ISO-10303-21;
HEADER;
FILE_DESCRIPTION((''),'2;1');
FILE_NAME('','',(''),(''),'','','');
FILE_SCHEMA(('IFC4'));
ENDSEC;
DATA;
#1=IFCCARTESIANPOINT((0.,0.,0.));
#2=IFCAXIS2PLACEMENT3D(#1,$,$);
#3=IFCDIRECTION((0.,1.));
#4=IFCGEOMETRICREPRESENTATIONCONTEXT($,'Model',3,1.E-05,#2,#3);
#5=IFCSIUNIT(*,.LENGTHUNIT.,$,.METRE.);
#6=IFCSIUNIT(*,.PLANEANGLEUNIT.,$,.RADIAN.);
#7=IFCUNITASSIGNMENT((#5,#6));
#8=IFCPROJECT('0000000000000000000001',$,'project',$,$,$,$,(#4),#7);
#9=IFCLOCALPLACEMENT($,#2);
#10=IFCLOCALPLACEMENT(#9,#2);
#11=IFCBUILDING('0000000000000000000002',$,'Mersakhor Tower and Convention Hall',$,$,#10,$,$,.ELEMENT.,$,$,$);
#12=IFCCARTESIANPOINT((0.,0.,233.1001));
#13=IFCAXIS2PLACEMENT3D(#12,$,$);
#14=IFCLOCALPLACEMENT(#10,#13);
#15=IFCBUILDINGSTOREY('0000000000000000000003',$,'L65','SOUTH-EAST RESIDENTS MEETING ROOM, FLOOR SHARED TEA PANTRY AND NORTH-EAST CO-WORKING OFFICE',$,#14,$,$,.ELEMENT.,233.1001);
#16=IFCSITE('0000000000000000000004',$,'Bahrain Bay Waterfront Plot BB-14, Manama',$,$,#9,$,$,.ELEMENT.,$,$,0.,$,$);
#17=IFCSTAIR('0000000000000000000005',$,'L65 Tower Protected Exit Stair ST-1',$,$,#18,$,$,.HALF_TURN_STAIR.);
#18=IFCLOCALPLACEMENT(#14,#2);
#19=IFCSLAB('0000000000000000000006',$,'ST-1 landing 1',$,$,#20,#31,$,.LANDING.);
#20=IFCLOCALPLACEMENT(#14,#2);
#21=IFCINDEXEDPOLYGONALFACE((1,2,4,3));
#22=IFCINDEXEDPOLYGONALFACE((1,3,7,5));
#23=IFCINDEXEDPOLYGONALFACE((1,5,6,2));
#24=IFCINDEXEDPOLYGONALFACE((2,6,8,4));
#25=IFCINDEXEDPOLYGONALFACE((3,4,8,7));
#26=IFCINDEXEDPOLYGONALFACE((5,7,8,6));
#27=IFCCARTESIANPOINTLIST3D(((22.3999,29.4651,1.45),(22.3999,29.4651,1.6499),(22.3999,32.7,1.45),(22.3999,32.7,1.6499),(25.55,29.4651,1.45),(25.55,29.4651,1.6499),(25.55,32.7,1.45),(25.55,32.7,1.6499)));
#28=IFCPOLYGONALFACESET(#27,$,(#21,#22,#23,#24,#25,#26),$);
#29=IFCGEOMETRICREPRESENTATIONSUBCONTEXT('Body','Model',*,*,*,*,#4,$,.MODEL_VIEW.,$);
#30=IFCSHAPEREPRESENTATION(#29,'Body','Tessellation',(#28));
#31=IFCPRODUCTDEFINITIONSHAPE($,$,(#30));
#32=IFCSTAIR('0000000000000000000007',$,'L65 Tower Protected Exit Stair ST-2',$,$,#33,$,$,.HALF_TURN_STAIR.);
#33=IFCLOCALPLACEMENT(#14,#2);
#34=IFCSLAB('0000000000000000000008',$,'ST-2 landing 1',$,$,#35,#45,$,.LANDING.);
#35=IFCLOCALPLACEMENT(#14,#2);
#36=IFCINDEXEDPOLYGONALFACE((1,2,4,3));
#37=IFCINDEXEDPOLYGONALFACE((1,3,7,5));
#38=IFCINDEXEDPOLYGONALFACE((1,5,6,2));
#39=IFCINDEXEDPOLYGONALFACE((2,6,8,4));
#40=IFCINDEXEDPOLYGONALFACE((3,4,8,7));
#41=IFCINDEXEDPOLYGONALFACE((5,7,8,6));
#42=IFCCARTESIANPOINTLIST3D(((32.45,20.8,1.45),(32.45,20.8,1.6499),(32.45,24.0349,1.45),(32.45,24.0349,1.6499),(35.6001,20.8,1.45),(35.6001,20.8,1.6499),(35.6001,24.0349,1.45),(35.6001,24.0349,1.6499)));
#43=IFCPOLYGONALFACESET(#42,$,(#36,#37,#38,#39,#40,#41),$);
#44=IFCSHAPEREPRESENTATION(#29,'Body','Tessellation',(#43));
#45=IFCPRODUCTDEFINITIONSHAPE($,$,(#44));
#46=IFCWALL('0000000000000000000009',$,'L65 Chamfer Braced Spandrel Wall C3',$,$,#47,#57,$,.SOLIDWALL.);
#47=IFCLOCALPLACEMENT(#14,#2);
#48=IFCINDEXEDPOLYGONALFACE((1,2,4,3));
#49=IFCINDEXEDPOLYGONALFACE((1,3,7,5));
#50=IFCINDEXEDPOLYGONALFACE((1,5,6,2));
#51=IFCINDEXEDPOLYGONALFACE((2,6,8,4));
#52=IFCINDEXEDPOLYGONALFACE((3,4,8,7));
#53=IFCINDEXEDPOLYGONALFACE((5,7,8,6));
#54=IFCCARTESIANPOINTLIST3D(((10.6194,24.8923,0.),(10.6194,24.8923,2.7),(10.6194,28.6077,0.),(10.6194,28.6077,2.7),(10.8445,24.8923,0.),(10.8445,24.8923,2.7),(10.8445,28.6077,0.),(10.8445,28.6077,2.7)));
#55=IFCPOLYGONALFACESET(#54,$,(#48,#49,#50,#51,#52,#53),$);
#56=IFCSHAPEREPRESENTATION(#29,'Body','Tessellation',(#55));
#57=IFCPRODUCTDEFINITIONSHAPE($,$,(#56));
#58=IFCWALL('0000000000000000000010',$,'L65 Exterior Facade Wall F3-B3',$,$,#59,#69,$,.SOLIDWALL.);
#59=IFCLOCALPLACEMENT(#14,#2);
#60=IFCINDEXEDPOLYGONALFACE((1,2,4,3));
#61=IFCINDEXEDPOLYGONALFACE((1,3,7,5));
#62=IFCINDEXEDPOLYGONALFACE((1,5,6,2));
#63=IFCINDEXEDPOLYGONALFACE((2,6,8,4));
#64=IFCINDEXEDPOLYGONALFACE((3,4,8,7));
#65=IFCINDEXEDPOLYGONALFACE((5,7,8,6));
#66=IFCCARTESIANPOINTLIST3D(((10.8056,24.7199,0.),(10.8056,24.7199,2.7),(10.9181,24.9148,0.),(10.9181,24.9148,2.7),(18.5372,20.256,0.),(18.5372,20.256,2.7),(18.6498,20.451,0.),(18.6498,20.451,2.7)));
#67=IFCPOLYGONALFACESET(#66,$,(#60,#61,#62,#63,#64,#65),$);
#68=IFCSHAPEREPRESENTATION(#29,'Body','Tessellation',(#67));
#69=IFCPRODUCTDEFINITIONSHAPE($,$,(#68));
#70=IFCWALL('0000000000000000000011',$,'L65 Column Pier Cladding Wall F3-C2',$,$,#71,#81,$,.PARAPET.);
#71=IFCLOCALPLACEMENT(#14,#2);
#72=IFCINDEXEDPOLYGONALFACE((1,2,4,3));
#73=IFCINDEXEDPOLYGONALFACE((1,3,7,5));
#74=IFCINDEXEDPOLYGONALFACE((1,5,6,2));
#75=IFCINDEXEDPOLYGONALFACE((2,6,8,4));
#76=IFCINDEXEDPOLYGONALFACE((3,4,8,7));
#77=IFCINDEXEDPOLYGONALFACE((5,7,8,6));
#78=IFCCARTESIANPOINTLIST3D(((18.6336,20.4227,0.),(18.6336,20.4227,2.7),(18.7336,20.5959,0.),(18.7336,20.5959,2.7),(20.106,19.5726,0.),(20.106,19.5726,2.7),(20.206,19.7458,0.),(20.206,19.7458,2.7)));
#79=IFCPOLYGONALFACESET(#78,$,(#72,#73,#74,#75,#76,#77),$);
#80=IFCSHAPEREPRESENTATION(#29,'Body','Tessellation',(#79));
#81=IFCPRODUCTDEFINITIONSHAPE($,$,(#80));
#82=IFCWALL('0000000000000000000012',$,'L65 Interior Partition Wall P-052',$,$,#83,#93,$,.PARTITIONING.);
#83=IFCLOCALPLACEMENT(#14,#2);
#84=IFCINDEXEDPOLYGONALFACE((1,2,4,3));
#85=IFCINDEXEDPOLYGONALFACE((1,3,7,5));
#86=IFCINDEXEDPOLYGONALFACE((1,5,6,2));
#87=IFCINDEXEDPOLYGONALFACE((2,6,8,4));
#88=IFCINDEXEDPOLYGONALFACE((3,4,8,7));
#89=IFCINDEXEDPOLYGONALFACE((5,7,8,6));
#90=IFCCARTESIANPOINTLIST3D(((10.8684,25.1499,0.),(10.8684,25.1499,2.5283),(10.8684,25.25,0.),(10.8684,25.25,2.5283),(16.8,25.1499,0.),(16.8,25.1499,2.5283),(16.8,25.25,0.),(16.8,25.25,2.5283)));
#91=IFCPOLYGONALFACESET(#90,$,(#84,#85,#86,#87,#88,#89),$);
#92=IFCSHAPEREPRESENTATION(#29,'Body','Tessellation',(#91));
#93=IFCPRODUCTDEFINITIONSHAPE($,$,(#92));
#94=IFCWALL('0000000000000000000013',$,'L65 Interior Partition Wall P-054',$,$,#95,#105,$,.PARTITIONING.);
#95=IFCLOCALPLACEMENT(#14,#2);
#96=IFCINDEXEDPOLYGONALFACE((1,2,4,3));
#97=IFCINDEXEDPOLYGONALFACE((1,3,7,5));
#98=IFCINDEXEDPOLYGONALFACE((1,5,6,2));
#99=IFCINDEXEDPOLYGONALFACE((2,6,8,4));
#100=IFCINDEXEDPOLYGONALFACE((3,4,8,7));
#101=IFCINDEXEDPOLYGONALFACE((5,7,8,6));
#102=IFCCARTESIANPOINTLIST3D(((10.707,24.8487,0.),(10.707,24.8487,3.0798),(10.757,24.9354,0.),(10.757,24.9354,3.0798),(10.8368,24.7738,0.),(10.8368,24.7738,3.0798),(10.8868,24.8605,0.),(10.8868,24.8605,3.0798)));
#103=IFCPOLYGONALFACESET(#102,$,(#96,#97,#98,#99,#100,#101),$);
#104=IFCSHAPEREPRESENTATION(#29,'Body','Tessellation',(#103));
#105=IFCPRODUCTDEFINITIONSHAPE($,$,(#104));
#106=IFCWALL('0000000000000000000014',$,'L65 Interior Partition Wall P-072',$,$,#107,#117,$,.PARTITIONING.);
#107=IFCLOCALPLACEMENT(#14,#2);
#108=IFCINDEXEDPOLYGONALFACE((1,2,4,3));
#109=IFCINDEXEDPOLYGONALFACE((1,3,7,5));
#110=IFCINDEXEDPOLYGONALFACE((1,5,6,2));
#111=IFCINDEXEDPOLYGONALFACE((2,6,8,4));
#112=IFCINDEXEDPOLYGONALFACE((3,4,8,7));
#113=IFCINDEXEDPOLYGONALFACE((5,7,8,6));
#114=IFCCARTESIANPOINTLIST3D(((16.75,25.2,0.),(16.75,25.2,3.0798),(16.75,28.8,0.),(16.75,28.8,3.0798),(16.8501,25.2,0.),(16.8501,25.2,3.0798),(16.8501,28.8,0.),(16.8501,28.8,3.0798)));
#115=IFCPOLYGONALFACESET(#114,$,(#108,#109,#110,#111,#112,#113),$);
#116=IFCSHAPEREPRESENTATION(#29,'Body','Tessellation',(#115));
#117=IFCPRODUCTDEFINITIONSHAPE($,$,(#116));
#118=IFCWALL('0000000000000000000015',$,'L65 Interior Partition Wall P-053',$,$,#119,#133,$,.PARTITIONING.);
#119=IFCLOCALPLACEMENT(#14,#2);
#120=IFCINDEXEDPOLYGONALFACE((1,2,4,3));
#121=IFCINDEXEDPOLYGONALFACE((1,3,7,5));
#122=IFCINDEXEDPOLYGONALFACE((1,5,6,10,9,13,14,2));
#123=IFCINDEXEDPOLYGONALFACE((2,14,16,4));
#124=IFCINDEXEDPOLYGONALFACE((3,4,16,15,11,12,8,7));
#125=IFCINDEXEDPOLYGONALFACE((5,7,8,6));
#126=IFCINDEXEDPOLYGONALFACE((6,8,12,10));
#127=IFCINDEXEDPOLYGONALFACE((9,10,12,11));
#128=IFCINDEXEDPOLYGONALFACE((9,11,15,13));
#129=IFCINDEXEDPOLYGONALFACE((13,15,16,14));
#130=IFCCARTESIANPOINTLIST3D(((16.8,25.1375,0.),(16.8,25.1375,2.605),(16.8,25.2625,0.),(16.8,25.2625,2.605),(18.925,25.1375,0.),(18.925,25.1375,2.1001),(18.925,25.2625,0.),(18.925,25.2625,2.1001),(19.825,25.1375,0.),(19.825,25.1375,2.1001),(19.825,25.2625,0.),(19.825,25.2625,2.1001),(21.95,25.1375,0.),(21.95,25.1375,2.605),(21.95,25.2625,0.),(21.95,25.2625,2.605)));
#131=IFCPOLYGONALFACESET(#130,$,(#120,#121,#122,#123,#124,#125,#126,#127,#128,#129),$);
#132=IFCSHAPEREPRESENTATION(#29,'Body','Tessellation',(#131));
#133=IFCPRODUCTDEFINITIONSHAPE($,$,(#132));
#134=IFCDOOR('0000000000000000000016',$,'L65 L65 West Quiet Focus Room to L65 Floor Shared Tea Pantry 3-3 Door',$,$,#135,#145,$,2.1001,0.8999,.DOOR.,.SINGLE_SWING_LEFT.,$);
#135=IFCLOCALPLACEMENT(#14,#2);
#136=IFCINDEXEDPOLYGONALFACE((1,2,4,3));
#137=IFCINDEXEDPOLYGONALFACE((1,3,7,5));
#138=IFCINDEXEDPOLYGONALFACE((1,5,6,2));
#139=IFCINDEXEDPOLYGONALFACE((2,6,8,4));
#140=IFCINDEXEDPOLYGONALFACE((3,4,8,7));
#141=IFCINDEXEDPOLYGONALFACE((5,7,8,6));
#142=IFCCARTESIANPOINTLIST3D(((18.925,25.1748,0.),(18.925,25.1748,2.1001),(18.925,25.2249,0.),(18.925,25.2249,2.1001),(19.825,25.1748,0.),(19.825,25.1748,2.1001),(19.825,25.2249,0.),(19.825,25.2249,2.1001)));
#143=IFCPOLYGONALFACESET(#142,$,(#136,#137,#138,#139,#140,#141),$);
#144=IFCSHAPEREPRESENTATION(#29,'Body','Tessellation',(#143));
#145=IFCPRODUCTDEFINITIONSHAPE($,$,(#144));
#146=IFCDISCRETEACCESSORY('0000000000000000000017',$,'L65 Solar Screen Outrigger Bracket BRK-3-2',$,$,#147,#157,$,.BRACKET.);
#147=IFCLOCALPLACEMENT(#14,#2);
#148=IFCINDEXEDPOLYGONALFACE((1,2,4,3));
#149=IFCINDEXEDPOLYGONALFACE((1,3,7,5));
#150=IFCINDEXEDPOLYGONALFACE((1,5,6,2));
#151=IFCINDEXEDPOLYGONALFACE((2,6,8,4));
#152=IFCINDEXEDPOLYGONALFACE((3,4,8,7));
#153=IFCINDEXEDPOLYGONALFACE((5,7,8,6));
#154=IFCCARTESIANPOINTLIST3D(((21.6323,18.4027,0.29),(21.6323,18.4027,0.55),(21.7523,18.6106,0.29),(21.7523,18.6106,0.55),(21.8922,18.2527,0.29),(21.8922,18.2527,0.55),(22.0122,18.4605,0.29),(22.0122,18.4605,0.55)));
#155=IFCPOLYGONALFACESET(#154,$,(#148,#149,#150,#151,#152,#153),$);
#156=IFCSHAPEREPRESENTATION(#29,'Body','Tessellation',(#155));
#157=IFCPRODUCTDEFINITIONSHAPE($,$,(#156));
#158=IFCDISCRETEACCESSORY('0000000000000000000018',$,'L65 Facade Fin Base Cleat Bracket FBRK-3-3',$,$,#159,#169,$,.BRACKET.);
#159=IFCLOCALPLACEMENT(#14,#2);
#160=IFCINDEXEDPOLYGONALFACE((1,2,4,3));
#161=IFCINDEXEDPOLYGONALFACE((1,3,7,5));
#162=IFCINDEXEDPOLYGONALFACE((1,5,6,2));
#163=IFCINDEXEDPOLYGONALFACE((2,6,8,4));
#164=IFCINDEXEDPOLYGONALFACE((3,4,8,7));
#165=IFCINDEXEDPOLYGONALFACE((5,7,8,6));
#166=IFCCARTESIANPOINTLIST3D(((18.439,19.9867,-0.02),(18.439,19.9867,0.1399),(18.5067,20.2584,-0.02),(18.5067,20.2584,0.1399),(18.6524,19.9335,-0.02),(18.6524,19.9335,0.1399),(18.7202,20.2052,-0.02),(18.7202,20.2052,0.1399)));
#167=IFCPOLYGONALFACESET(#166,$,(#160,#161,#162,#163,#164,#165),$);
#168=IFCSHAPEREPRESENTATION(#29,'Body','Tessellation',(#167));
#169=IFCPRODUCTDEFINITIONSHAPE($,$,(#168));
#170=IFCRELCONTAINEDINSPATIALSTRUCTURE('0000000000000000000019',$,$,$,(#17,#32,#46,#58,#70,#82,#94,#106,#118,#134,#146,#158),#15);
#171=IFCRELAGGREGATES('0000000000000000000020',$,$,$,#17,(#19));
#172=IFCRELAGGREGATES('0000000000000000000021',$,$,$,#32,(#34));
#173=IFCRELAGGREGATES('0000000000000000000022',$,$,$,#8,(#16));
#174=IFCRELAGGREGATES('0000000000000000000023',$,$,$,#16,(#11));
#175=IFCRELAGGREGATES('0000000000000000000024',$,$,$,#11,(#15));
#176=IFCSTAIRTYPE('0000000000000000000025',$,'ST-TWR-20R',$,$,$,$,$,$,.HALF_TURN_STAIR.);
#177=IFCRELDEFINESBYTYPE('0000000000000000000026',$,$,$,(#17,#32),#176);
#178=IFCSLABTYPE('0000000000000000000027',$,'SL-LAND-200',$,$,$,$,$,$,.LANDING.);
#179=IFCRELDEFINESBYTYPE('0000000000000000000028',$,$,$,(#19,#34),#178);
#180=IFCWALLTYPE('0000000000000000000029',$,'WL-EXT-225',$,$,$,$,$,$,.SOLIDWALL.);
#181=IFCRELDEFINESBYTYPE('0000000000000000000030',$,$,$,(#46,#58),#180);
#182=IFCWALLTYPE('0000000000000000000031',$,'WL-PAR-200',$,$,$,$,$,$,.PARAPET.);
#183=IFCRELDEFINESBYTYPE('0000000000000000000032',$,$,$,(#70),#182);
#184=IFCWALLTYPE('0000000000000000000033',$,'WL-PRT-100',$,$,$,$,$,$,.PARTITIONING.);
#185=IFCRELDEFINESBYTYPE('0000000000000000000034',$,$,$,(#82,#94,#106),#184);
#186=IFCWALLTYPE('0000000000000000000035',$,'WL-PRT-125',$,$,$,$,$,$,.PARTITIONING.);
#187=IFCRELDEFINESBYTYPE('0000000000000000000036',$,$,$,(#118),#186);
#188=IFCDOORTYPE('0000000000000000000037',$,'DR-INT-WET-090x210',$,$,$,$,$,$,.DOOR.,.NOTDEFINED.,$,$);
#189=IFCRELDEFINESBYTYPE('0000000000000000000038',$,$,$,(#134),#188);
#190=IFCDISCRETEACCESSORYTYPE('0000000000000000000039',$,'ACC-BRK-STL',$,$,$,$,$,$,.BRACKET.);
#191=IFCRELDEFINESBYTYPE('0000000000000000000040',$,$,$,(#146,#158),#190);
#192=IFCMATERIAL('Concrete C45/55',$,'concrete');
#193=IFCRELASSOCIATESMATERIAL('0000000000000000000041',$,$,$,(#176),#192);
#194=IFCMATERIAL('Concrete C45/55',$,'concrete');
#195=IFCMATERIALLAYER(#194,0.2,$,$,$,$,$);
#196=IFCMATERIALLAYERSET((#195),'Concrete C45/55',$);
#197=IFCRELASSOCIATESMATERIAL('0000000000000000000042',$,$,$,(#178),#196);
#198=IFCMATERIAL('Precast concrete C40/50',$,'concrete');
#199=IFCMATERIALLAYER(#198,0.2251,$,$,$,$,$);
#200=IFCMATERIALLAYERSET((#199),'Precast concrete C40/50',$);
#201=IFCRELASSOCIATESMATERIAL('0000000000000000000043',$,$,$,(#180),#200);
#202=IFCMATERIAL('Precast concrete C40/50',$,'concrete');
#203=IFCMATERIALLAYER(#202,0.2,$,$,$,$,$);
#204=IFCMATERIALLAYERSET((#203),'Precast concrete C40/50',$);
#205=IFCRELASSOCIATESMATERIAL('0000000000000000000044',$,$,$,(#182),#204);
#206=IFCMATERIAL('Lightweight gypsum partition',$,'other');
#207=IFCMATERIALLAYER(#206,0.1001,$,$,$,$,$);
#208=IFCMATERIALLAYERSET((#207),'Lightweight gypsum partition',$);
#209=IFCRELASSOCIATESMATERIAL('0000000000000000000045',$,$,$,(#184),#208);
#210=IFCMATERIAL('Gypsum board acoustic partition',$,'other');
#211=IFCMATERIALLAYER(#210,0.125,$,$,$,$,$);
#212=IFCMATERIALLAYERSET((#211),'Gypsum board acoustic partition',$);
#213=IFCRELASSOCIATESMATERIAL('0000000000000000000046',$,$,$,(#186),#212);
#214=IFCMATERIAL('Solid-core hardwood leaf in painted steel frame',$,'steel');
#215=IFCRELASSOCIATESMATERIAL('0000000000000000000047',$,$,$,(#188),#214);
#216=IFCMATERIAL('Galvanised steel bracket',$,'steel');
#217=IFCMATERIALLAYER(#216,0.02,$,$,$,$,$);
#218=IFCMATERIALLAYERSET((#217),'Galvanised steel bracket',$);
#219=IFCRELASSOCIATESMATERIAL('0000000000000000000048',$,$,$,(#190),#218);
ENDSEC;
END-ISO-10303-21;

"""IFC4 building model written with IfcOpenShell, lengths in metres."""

from ifc_helpers import new_model, si_unit, direction, frame, frame_2d, origin, origin_2d, place, context, subcontext, project, spatial, polyline, rectangle, outline, extrude, material, layer, layer_set, type_object, element, fill, aggregate, save


model = new_model("IFC4")

# Units and contexts
model_context = context("Model", 3, precision=1e-05, world=origin(), true_north=direction((0.0, 1.0)))
body_context = subcontext(model_context, "Body", "Model", "MODEL_VIEW")
ifc_project = project(units=[si_unit("LENGTHUNIT", "METRE"), si_unit("PLANEANGLEUNIT", "RADIAN")], contexts=[model_context])

# Site, building, storey
site_placement = place(None, origin())
site = spatial("IfcSite", under=ifc_project, at=site_placement, Name="Bahrain Bay Waterfront Plot BB-14, Manama", CompositionType="ELEMENT", RefElevation=0.0)
building_placement = place(site_placement, origin())
building = spatial("IfcBuilding", under=site, at=building_placement, Name="Mersakhor Tower and Convention Hall", CompositionType="ELEMENT")
storey_placement = place(building_placement, frame((0.0, 0.0, 233.1001)))
storey = spatial("IfcBuildingStorey", under=building, at=storey_placement, Name="L65", Description="SOUTH-EAST RESIDENTS MEETING ROOM, FLOOR SHARED TEA PANTRY AND NORTH-EAST CO-WORKING OFFICE", CompositionType="ELEMENT", Elevation=233.1001)

# Stairs, slabs
ifc_material_1 = material(Name="Concrete C45/55", Category="concrete")
stair_type = type_object("IfcStairType", Name="ST-TWR-20R", PredefinedType="HALF_TURN_STAIR", material=ifc_material_1)
stair_1_placement = place(storey_placement, origin())
stair_1 = element("IfcStair", 1, at=stair_1_placement, inside=storey, type_object=stair_type, Name="L65 Tower Protected Exit Stair ST-1", PredefinedType="HALF_TURN_STAIR")
ifc_material_2 = material(Name="Concrete C45/55", Category="concrete")
ifc_layer_1 = layer(ifc_material_2, 0.2)
ifc_layer_set_1 = layer_set([ifc_layer_1], Name="Concrete C45/55")
slab_type_1 = type_object("IfcSlabType", Name="SL-LAND-200", PredefinedType="LANDING", material=ifc_layer_set_1)
slab_1_placement = place(storey_placement, frame((0.0, 0.0, 1.45)))
slab_1 = element("IfcSlab", 2, at=slab_1_placement, type_object=slab_type_1, Name="ST-1 landing 1", PredefinedType="LANDING", context=body_context, shape_type="SweptSolid", body=[
    extrude(outline(polyline([(25.55, 29.4651), (25.55, 32.7), (22.3999, 32.7), (22.3999, 29.4651), (25.55, 29.4651)])), origin(), (0.0, 0.0, 1.0), 0.2),
])
aggregate(stair_1, [slab_1])
stair_2_placement = place(storey_placement, origin())
stair_2 = element("IfcStair", 3, at=stair_2_placement, inside=storey, type_object=stair_type, Name="L65 Tower Protected Exit Stair ST-2", PredefinedType="HALF_TURN_STAIR")
slab_2_placement = place(storey_placement, frame((0.0, 0.0, 1.45)))
slab_2 = element("IfcSlab", 4, at=slab_2_placement, type_object=slab_type_1, Name="ST-2 landing 1", PredefinedType="LANDING", context=body_context, shape_type="SweptSolid", body=[
    extrude(outline(polyline([(32.45, 24.0349), (32.45, 20.8), (35.6001, 20.8), (35.6001, 24.0349), (32.45, 24.0349)])), origin(), (0.0, 0.0, 1.0), 0.2),
])
aggregate(stair_2, [slab_2])

# Walls
ifc_material_3 = material(Name="Precast concrete C40/50", Category="concrete")
ifc_layer_2 = layer(ifc_material_3, 0.2251)
ifc_layer_set_2 = layer_set([ifc_layer_2], Name="Precast concrete C40/50")
wall_type_1 = type_object("IfcWallType", Name="WL-EXT-225", PredefinedType="SOLIDWALL", material=ifc_layer_set_2)
wall_1_placement = place(storey_placement, frame((10.7319, 24.8923, 0.0), z_axis=(0.0, 0.0, 1.0), x_axis=(0.0, 1.0, 0.0)))
element("IfcWall", 5, at=wall_1_placement, inside=storey, type_object=wall_type_1, Name="L65 Chamfer Braced Spandrel Wall C3", PredefinedType="SOLIDWALL", context=body_context, shape_type="SweptSolid", body=[
    extrude(rectangle(XDim=3.7153, YDim=0.2251, at=frame_2d((1.8577, 0.0))), origin(), (0.0, 0.0, 1.0), 2.7),
])
wall_2_placement = place(storey_placement, frame((18.5935, 20.3535, 0.0), z_axis=(0.0, 0.0, 1.0), x_axis=(-0.866027, 0.499998, 0.0)))
element("IfcWall", 6, at=wall_2_placement, inside=storey, type_object=wall_type_1, Name="L65 Exterior Facade Wall F3-B3", PredefinedType="SOLIDWALL", context=body_context, shape_type="SweptSolid", body=[
    extrude(rectangle(XDim=8.9277, YDim=0.2251, at=frame_2d((4.4639, 0.0))), origin(), (0.0, 0.0, 1.0), 2.7),
])
ifc_material_4 = material(Name="Precast concrete C40/50", Category="concrete")
ifc_layer_3 = layer(ifc_material_4, 0.2)
ifc_layer_set_3 = layer_set([ifc_layer_3], Name="Precast concrete C40/50")
wall_type_2 = type_object("IfcWallType", Name="WL-PAR-200", PredefinedType="PARAPET", material=ifc_layer_set_3)
wall_3_placement = place(storey_placement, frame((20.156, 19.6592, 0.0), z_axis=(0.0, 0.0, 1.0), x_axis=(-0.866025, 0.5, 0.0)))
element("IfcWall", 7, at=wall_3_placement, inside=storey, type_object=wall_type_2, Name="L65 Column Pier Cladding Wall F3-C2", PredefinedType="PARAPET", context=body_context, shape_type="SweptSolid", body=[
    extrude(rectangle(XDim=1.7002, YDim=0.2, at=frame_2d((0.8501, 0.0))), origin(), (0.0, 0.0, 1.0), 2.7),
])
ifc_material_5 = material(Name="Lightweight gypsum partition", Category="other")
ifc_layer_4 = layer(ifc_material_5, 0.1001)
ifc_layer_set_4 = layer_set([ifc_layer_4], Name="Lightweight gypsum partition")
wall_type_3 = type_object("IfcWallType", Name="WL-PRT-100", PredefinedType="PARTITIONING", material=ifc_layer_set_4)
wall_4_placement = place(storey_placement, frame((10.8684, 25.2, 0.0), z_axis=(0.0, 0.0, 1.0), x_axis=(1.0, 0.0, 0.0)))
element("IfcWall", 8, at=wall_4_placement, inside=storey, type_object=wall_type_3, Name="L65 Interior Partition Wall P-052", PredefinedType="PARTITIONING", context=body_context, shape_type="SweptSolid", body=[
    extrude(rectangle(XDim=5.9316, YDim=0.1001, at=frame_2d((2.9658, 0.0))), origin(), (0.0, 0.0, 1.0), 2.5283),
])
wall_5_placement = place(storey_placement, frame((10.8618, 24.8171, 0.0), z_axis=(0.0, 0.0, 1.0), x_axis=(-0.866131, 0.499816, 0.0)))
element("IfcWall", 9, at=wall_5_placement, inside=storey, type_object=wall_type_3, Name="L65 Interior Partition Wall P-054", PredefinedType="PARTITIONING", context=body_context, shape_type="SweptSolid", body=[
    extrude(rectangle(XDim=0.1499, YDim=0.1001, at=frame_2d((0.075, 0.0))), origin(), (0.0, 0.0, 1.0), 3.0798),
])
wall_6_placement = place(storey_placement, frame((16.8, 25.2, 0.0), z_axis=(0.0, 0.0, 1.0), x_axis=(0.0, 1.0, 0.0)))
element("IfcWall", 10, at=wall_6_placement, inside=storey, type_object=wall_type_3, Name="L65 Interior Partition Wall P-072", PredefinedType="PARTITIONING", context=body_context, shape_type="SweptSolid", body=[
    extrude(rectangle(XDim=3.6001, YDim=0.1001, at=frame_2d((1.8, 0.0))), origin(), (0.0, 0.0, 1.0), 3.0798),
])

# Wall, opening, door
ifc_material_6 = material(Name="Gypsum board acoustic partition", Category="other")
ifc_layer_5 = layer(ifc_material_6, 0.125)
ifc_layer_set_5 = layer_set([ifc_layer_5], Name="Gypsum board acoustic partition")
wall_type_4 = type_object("IfcWallType", Name="WL-PRT-125", PredefinedType="PARTITIONING", material=ifc_layer_set_5)
wall_7_placement = place(storey_placement, frame((16.8, 25.2, 0.0), z_axis=(0.0, 0.0, 1.0), x_axis=(1.0, 0.0, 0.0)))
wall_7 = element("IfcWall", 11, at=wall_7_placement, inside=storey, type_object=wall_type_4, Name="L65 Interior Partition Wall P-053", PredefinedType="PARTITIONING", context=body_context, shape_type="SweptSolid", body=[
    extrude(rectangle(XDim=5.1499, YDim=0.125, at=frame_2d((2.575, 0.0))), origin(), (0.0, 0.0, 1.0), 2.605),
])
opening_placement = place(wall_7_placement, frame((2.125, 0.0, 0.0)))
opening = element("IfcOpeningElement", 12, at=opening_placement, cuts=wall_7, PredefinedType="OPENING", context=body_context, shape_type="SweptSolid", body=[
    extrude(rectangle(XDim=0.8999, YDim=2.1001, at=frame_2d((0.45, 1.05))), frame((0.0, 0.0725, 0.0), z_axis=(0.0, -1.0, 0.0), x_axis=(1.0, 0.0, 0.0)), (0.0, 0.0, 1.0), 0.145),
])
ifc_material_7 = material(Name="Solid-core hardwood leaf in painted steel frame", Category="steel")
door_type = type_object("IfcDoorType", Name="DR-INT-WET-090x210", OperationType="NOTDEFINED", PredefinedType="DOOR", material=ifc_material_7)
door_placement = place(opening_placement, origin())
door = element("IfcDoor", 13, at=door_placement, inside=storey, type_object=door_type, Name="L65 L65 West Quiet Focus Room to L65 Floor Shared Tea Pantry 3-3 Door", OperationType="SINGLE_SWING_LEFT", OverallHeight=2.1001, OverallWidth=0.8999, PredefinedType="DOOR", context=body_context, shape_type="SweptSolid", body=[
    extrude(rectangle(XDim=0.8999, YDim=2.1001, at=frame_2d((0.45, 1.05))), frame((0.0, 0.0249, 0.0), z_axis=(0.0, -1.0, 0.0), x_axis=(1.0, 0.0, 0.0)), (0.0, 0.0, 1.0), 0.05),
])
fill(opening, door)

# Discrete accessories
ifc_material_8 = material(Name="Galvanised steel bracket", Category="steel")
ifc_layer_6 = layer(ifc_material_8, 0.02)
ifc_layer_set_6 = layer_set([ifc_layer_6], Name="Galvanised steel bracket")
discrete_accessory_type = type_object("IfcDiscreteAccessoryType", Name="ACC-BRK-STL", PredefinedType="BRACKET", material=ifc_layer_set_6)
discrete_accessory_1_placement = place(storey_placement, frame((21.8223, 18.4316, 0.29), z_axis=(0.0, 0.0, 1.0), x_axis=(-0.866025, 0.5, 0.0)))
element("IfcDiscreteAccessory", 14, at=discrete_accessory_1_placement, inside=storey, type_object=discrete_accessory_type, Name="L65 Solar Screen Outrigger Bracket BRK-3-2", PredefinedType="BRACKET", context=body_context, shape_type="SweptSolid", body=[
    extrude(rectangle(XDim=0.3, YDim=0.24, at=origin_2d()), origin(), (0.0, 0.0, 1.0), 0.26),
])
discrete_accessory_2_placement = place(storey_placement, frame((18.5796, 20.0959, -0.02), z_axis=(0.0, 0.0, 1.0), x_axis=(-0.241922, -0.970296, 0.0)))
element("IfcDiscreteAccessory", 15, at=discrete_accessory_2_placement, inside=storey, type_object=discrete_accessory_type, Name="L65 Facade Fin Base Cleat Bracket FBRK-3-3", PredefinedType="BRACKET", context=body_context, shape_type="SweptSolid", body=[
    extrude(rectangle(XDim=0.28, YDim=0.22, at=origin_2d()), origin(), (0.0, 0.0, 1.0), 0.1599),
])

save(model, "model.ifc")
